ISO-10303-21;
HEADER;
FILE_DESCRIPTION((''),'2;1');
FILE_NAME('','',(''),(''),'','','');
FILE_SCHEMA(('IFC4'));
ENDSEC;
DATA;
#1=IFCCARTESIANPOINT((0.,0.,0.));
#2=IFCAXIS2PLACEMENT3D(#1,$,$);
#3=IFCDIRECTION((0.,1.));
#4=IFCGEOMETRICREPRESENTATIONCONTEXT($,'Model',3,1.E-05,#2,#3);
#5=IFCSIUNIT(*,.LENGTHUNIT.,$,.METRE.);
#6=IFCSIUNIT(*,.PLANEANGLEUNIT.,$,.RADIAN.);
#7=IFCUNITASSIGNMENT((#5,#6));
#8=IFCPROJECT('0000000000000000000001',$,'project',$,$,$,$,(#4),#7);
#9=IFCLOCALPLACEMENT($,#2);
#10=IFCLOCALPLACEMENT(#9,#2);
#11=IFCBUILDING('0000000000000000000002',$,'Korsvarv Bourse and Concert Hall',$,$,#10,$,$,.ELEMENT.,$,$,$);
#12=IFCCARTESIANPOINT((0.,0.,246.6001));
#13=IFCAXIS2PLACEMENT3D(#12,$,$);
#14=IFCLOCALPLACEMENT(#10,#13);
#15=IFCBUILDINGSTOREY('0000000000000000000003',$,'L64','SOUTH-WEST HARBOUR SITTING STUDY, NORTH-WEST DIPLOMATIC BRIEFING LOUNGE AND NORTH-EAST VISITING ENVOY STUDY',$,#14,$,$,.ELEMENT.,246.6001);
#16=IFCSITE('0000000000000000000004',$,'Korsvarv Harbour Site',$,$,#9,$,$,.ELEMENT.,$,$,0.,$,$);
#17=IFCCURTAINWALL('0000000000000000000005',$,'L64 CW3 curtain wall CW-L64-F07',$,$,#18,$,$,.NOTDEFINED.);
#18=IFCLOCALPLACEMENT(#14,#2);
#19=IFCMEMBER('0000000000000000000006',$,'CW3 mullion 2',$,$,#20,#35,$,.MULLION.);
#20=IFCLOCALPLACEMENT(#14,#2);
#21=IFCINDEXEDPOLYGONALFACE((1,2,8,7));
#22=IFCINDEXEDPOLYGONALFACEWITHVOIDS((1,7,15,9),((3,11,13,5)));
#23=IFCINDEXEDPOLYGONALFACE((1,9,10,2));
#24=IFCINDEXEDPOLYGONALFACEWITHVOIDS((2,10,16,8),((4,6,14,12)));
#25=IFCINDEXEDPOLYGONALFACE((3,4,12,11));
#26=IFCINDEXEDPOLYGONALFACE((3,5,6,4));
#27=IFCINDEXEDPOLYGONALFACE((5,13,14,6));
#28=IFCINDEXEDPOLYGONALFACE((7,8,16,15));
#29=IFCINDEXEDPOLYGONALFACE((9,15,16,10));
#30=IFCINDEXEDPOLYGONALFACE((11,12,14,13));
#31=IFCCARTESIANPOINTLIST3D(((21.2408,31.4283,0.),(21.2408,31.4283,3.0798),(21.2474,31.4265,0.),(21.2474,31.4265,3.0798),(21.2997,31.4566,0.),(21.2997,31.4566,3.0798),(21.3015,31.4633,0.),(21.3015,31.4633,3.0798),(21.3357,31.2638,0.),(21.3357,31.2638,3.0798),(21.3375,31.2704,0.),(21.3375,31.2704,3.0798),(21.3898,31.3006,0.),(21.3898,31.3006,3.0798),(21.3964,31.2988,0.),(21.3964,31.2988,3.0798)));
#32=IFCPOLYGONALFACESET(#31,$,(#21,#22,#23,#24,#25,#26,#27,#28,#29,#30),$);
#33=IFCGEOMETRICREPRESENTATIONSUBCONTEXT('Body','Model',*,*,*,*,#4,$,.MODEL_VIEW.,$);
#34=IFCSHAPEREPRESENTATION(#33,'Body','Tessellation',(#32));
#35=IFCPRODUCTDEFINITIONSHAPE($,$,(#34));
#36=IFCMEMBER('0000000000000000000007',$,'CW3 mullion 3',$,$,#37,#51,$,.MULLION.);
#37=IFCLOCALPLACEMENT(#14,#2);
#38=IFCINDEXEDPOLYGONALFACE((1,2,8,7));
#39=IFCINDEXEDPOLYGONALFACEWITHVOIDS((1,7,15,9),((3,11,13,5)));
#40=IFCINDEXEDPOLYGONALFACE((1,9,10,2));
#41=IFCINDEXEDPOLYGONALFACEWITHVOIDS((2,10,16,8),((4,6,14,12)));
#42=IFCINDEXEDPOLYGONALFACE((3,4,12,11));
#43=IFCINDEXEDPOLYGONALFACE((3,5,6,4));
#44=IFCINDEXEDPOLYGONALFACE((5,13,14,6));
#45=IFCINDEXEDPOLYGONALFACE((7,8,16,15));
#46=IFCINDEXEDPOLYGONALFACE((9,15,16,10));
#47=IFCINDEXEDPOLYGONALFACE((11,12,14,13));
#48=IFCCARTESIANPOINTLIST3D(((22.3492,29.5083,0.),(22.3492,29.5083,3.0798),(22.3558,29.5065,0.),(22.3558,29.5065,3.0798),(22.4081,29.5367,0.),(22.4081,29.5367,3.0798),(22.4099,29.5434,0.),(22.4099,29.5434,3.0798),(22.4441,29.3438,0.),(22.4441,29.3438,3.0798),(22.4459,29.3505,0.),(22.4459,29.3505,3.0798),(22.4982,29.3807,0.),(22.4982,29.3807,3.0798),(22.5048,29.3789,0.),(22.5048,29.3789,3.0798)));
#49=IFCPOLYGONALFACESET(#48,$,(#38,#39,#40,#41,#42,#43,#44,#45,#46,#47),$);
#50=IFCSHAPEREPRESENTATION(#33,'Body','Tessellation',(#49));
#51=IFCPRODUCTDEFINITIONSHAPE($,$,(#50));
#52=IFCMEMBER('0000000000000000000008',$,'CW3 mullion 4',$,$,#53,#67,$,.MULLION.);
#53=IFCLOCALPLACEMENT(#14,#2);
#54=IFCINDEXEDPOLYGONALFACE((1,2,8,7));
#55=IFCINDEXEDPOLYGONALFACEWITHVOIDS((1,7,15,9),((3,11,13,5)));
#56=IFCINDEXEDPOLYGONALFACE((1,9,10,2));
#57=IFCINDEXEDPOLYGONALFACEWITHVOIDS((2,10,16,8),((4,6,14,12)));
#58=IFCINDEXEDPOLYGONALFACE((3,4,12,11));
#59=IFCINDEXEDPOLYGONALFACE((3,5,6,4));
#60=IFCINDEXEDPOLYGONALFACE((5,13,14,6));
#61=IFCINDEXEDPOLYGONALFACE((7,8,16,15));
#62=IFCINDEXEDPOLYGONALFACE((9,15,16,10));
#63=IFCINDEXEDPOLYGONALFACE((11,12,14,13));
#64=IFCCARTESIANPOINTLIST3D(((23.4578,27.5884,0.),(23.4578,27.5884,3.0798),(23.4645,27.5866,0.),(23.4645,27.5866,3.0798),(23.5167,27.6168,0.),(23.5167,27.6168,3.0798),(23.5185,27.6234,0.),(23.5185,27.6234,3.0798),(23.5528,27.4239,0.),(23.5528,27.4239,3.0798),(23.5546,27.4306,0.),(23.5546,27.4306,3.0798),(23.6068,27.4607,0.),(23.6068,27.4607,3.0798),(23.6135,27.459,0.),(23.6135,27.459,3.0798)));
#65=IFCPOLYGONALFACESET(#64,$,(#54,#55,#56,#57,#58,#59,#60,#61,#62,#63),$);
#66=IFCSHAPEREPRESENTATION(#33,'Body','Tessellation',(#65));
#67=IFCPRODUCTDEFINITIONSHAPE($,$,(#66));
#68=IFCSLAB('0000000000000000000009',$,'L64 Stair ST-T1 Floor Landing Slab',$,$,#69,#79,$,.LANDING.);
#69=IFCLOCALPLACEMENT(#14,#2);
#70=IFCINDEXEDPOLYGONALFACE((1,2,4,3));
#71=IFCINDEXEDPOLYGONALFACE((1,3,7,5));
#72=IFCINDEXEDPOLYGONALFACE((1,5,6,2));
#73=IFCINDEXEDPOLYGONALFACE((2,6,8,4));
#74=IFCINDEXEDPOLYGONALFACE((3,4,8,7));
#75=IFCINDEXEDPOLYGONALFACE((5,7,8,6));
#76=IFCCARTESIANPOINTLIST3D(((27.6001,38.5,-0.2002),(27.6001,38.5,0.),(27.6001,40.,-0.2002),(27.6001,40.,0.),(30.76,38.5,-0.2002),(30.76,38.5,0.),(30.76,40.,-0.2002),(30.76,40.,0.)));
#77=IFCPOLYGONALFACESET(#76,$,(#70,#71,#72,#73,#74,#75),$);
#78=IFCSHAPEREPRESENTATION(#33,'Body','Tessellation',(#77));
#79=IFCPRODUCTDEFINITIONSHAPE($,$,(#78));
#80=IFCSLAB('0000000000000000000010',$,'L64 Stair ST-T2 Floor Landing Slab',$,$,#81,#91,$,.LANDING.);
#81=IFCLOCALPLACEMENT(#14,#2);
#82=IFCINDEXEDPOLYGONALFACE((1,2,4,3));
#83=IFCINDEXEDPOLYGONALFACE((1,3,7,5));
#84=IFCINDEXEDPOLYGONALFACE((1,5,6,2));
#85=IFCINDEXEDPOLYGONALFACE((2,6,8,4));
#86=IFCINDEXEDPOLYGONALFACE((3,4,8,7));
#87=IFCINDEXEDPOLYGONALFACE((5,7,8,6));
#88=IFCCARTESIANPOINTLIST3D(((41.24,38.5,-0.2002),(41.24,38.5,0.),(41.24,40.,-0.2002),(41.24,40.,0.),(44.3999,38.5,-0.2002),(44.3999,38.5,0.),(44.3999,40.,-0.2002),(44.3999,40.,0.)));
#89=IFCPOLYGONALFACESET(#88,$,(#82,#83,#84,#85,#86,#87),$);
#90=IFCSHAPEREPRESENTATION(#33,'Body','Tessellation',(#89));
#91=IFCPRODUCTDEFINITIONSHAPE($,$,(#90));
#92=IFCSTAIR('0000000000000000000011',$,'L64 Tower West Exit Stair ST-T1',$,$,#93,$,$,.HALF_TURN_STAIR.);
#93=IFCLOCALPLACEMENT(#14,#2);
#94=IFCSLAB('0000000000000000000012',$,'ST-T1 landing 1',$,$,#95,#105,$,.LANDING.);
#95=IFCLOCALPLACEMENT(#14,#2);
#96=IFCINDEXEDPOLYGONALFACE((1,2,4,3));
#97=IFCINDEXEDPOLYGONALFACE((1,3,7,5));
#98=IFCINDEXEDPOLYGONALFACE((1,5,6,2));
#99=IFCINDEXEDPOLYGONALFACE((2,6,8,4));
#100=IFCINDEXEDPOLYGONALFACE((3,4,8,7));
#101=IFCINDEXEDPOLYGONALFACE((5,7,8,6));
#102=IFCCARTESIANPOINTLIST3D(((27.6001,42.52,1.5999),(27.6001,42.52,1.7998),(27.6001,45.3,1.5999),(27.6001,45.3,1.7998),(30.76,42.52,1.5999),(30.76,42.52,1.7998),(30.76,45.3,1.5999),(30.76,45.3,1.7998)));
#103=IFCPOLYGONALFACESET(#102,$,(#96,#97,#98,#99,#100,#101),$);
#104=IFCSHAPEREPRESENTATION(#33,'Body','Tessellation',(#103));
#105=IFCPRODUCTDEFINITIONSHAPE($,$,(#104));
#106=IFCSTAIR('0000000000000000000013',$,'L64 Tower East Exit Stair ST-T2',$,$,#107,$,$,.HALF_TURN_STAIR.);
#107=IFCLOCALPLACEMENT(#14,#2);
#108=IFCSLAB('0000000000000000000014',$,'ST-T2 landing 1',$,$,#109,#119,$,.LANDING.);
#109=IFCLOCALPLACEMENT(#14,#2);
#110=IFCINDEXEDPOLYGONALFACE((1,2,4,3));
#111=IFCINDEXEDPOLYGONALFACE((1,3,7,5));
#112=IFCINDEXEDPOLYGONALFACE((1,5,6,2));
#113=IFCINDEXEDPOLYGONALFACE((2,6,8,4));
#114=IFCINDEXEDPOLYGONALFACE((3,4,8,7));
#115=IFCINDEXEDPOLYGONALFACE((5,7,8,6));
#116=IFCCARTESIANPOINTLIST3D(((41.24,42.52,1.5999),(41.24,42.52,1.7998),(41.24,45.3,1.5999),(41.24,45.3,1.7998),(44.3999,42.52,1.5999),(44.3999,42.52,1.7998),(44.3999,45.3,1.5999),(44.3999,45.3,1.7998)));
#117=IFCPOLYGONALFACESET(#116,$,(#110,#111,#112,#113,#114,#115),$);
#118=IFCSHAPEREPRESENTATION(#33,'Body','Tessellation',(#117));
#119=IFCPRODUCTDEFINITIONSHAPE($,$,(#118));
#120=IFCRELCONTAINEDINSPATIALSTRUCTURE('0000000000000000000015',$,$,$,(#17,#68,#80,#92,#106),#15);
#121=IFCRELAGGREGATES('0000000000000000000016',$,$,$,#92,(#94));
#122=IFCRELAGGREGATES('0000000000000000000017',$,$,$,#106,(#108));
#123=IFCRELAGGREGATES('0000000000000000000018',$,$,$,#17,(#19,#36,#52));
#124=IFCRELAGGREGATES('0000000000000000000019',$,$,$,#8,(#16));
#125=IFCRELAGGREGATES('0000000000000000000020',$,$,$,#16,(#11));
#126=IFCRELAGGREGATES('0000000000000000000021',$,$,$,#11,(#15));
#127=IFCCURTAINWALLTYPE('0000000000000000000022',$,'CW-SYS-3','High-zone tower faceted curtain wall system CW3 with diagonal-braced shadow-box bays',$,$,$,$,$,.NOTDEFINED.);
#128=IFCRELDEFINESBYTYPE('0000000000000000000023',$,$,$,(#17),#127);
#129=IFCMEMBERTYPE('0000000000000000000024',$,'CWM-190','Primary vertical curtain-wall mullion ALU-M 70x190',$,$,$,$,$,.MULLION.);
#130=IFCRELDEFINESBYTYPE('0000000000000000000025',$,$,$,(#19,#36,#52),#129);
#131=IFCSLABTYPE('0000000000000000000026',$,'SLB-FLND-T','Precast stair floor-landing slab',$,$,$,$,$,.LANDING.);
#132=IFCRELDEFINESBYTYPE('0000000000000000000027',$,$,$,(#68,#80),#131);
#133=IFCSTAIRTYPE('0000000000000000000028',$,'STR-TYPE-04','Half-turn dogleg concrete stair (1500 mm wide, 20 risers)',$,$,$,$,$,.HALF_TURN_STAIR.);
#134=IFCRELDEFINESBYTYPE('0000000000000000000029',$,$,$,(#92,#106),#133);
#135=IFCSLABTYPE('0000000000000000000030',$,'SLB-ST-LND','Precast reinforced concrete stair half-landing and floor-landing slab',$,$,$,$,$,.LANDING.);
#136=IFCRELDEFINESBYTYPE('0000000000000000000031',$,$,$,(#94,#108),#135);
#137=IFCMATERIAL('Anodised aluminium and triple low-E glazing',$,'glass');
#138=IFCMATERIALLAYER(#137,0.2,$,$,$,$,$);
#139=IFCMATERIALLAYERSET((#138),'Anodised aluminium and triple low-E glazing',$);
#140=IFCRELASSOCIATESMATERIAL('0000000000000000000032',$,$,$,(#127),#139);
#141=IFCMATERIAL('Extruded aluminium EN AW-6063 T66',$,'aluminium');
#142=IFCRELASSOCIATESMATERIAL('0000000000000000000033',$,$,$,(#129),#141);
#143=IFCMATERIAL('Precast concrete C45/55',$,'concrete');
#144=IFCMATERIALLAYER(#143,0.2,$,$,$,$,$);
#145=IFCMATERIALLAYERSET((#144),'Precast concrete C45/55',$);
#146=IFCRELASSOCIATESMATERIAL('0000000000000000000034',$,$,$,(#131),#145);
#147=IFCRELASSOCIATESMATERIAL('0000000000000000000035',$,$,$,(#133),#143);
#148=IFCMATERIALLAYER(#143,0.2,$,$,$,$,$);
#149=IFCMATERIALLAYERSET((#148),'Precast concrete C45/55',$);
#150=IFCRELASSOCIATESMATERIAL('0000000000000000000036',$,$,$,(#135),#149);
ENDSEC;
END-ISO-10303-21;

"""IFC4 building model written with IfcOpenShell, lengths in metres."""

from ifc_helpers import new_model, si_unit, direction, frame, origin, origin_2d, place, context, subcontext, project, spatial, polyline, hollow_rectangle, outline, extrude, source, transform, mapped, material, layer, layer_set, material_profile, profile_set, type_object, element, aggregate, save


model = new_model("IFC4")

# Units and contexts
model_context = context("Model", 3, precision=1e-05, world=origin(), true_north=direction((0.0, 1.0)))
body_context = subcontext(model_context, "Body", "Model", "MODEL_VIEW")
ifc_project = project(units=[si_unit("LENGTHUNIT", "METRE"), si_unit("PLANEANGLEUNIT", "RADIAN")], contexts=[model_context])

# Site, building, storey
site_placement = place(None, origin())
site = spatial("IfcSite", under=ifc_project, at=site_placement, Name="Korsvarv Harbour Site", CompositionType="ELEMENT", RefElevation=0.0)
building_placement = place(site_placement, origin())
building = spatial("IfcBuilding", under=site, at=building_placement, Name="Korsvarv Bourse and Concert Hall", CompositionType="ELEMENT")
storey_placement = place(building_placement, frame((0.0, 0.0, 246.6001)))
storey = spatial("IfcBuildingStorey", under=building, at=storey_placement, Name="L64", Description="SOUTH-WEST HARBOUR SITTING STUDY, NORTH-WEST DIPLOMATIC BRIEFING LOUNGE AND NORTH-EAST VISITING ENVOY STUDY", CompositionType="ELEMENT", Elevation=246.6001)

# Curtain wall, members
ifc_material_1 = material(Name="Anodised aluminium and triple low-E glazing", Category="glass")
ifc_layer_1 = layer(ifc_material_1, 0.2)
ifc_layer_set_1 = layer_set([ifc_layer_1], Name="Anodised aluminium and triple low-E glazing")
curtain_wall_type = type_object("IfcCurtainWallType", Name="CW-SYS-3", Description="High-zone tower faceted curtain wall system CW3 with diagonal-braced shadow-box bays", PredefinedType="NOTDEFINED", material=ifc_layer_set_1)
curtain_wall_placement = place(storey_placement, origin())
curtain_wall = element("IfcCurtainWall", 1, at=curtain_wall_placement, inside=storey, type_object=curtain_wall_type, Name="L64 CW3 curtain wall CW-L64-F07", PredefinedType="NOTDEFINED")
ifc_material_2 = material(Name="Extruded aluminium EN AW-6063 T66", Category="aluminium")
ifc_material_profile_1 = material_profile(ifc_material_2, hollow_rectangle(XDim=0.0701, YDim=0.1899, WallThickness=0.0049, at=origin_2d()), Name="ALU-M 70x190")
ifc_profile_set_1 = profile_set([ifc_material_profile_1], Name="Extruded aluminium EN AW-6063 T66")
member_type_1 = type_object("IfcMemberType", Name="CWM-190", Description="Primary vertical curtain-wall mullion ALU-M 70x190", PredefinedType="MULLION", material=ifc_profile_set_1)
shared_shape_1 = source(origin(), body_context, "Body", "SweptSolid", [
    extrude(hollow_rectangle(XDim=0.0701, YDim=0.1899, WallThickness=0.0049, at=origin_2d()), origin(), (0.0, 0.0, 1.0), 3.0798),
])
member_1_placement = place(storey_placement, frame((21.3186, 31.3635, 0.0), z_axis=(0.0, 0.0, 1.0), x_axis=(0.866022, 0.500006, 0.0)))
member_1 = element("IfcMember", 2, at=member_1_placement, type_object=member_type_1, Name="CW3 mullion 2", PredefinedType="MULLION", context=body_context, shape_type="MappedRepresentation", body=[
    mapped(shared_shape_1, transform((0.0, 0.0, 0.0), scale=1.0)),
])
member_2_placement = place(storey_placement, frame((22.427, 29.4436, 0.0), z_axis=(0.0, 0.0, 1.0), x_axis=(0.866022, 0.500006, 0.0)))
member_2 = element("IfcMember", 3, at=member_2_placement, type_object=member_type_1, Name="CW3 mullion 3", PredefinedType="MULLION", context=body_context, shape_type="MappedRepresentation", body=[
    mapped(shared_shape_1, transform((0.0, 0.0, 0.0), scale=1.0)),
])
member_3_placement = place(storey_placement, frame((23.5356, 27.5237, 0.0), z_axis=(0.0, 0.0, 1.0), x_axis=(0.866022, 0.500006, 0.0)))
member_3 = element("IfcMember", 4, at=member_3_placement, type_object=member_type_1, Name="CW3 mullion 4", PredefinedType="MULLION", context=body_context, shape_type="MappedRepresentation", body=[
    mapped(shared_shape_1, transform((0.0, 0.0, 0.0), scale=1.0)),
])

# Slabs
ifc_material_3 = material(Name="Precast concrete C45/55", Category="concrete")
ifc_layer_2 = layer(ifc_material_3, 0.2)
ifc_layer_set_2 = layer_set([ifc_layer_2], Name="Precast concrete C45/55")
slab_type_1 = type_object("IfcSlabType", Name="SLB-FLND-T", Description="Precast stair floor-landing slab", PredefinedType="LANDING", material=ifc_layer_set_2)
slab_1_placement = place(storey_placement, frame((0.0, 0.0, -0.2002)))
element("IfcSlab", 5, at=slab_1_placement, inside=storey, type_object=slab_type_1, Name="L64 Stair ST-T1 Floor Landing Slab", PredefinedType="LANDING", context=body_context, shape_type="SweptSolid", body=[
    extrude(outline(polyline([(30.76, 38.5), (30.76, 40.0), (27.6001, 40.0), (27.6001, 38.5), (30.76, 38.5)])), origin(), (0.0, 0.0, 1.0), 0.2002),
])
slab_2_placement = place(storey_placement, frame((0.0, 0.0, -0.2002)))
element("IfcSlab", 6, at=slab_2_placement, inside=storey, type_object=slab_type_1, Name="L64 Stair ST-T2 Floor Landing Slab", PredefinedType="LANDING", context=body_context, shape_type="SweptSolid", body=[
    extrude(outline(polyline([(44.3999, 38.5), (44.3999, 40.0), (41.24, 40.0), (41.24, 38.5), (44.3999, 38.5)])), origin(), (0.0, 0.0, 1.0), 0.2002),
])

# Stairs, slabs
stair_type = type_object("IfcStairType", Name="STR-TYPE-04", Description="Half-turn dogleg concrete stair (1500 mm wide, 20 risers)", PredefinedType="HALF_TURN_STAIR", material=ifc_material_3)
stair_1_placement = place(storey_placement, origin())
stair_1 = element("IfcStair", 7, at=stair_1_placement, inside=storey, type_object=stair_type, Name="L64 Tower West Exit Stair ST-T1", PredefinedType="HALF_TURN_STAIR")
ifc_layer_3 = layer(ifc_material_3, 0.2)
ifc_layer_set_3 = layer_set([ifc_layer_3], Name="Precast concrete C45/55")
slab_type_2 = type_object("IfcSlabType", Name="SLB-ST-LND", Description="Precast reinforced concrete stair half-landing and floor-landing slab", PredefinedType="LANDING", material=ifc_layer_set_3)
slab_3_placement = place(storey_placement, frame((0.0, 0.0, 1.5999)))
slab_3 = element("IfcSlab", 8, at=slab_3_placement, type_object=slab_type_2, Name="ST-T1 landing 1", PredefinedType="LANDING", context=body_context, shape_type="SweptSolid", body=[
    extrude(outline(polyline([(30.76, 42.52), (30.76, 45.3), (27.6001, 45.3), (27.6001, 42.52), (30.76, 42.52)])), origin(), (0.0, 0.0, 1.0), 0.2),
])
aggregate(stair_1, [slab_3])
stair_2_placement = place(storey_placement, origin())
stair_2 = element("IfcStair", 9, at=stair_2_placement, inside=storey, type_object=stair_type, Name="L64 Tower East Exit Stair ST-T2", PredefinedType="HALF_TURN_STAIR")
slab_4_placement = place(storey_placement, frame((0.0, 0.0, 1.5999)))
slab_4 = element("IfcSlab", 10, at=slab_4_placement, type_object=slab_type_2, Name="ST-T2 landing 1", PredefinedType="LANDING", context=body_context, shape_type="SweptSolid", body=[
    extrude(outline(polyline([(44.3999, 42.52), (44.3999, 45.3), (41.24, 45.3), (41.24, 42.52), (44.3999, 42.52)])), origin(), (0.0, 0.0, 1.0), 0.2),
])
aggregate(stair_2, [slab_4])

aggregate(curtain_wall, [member_1, member_2, member_3])

save(model, "model.ifc")
